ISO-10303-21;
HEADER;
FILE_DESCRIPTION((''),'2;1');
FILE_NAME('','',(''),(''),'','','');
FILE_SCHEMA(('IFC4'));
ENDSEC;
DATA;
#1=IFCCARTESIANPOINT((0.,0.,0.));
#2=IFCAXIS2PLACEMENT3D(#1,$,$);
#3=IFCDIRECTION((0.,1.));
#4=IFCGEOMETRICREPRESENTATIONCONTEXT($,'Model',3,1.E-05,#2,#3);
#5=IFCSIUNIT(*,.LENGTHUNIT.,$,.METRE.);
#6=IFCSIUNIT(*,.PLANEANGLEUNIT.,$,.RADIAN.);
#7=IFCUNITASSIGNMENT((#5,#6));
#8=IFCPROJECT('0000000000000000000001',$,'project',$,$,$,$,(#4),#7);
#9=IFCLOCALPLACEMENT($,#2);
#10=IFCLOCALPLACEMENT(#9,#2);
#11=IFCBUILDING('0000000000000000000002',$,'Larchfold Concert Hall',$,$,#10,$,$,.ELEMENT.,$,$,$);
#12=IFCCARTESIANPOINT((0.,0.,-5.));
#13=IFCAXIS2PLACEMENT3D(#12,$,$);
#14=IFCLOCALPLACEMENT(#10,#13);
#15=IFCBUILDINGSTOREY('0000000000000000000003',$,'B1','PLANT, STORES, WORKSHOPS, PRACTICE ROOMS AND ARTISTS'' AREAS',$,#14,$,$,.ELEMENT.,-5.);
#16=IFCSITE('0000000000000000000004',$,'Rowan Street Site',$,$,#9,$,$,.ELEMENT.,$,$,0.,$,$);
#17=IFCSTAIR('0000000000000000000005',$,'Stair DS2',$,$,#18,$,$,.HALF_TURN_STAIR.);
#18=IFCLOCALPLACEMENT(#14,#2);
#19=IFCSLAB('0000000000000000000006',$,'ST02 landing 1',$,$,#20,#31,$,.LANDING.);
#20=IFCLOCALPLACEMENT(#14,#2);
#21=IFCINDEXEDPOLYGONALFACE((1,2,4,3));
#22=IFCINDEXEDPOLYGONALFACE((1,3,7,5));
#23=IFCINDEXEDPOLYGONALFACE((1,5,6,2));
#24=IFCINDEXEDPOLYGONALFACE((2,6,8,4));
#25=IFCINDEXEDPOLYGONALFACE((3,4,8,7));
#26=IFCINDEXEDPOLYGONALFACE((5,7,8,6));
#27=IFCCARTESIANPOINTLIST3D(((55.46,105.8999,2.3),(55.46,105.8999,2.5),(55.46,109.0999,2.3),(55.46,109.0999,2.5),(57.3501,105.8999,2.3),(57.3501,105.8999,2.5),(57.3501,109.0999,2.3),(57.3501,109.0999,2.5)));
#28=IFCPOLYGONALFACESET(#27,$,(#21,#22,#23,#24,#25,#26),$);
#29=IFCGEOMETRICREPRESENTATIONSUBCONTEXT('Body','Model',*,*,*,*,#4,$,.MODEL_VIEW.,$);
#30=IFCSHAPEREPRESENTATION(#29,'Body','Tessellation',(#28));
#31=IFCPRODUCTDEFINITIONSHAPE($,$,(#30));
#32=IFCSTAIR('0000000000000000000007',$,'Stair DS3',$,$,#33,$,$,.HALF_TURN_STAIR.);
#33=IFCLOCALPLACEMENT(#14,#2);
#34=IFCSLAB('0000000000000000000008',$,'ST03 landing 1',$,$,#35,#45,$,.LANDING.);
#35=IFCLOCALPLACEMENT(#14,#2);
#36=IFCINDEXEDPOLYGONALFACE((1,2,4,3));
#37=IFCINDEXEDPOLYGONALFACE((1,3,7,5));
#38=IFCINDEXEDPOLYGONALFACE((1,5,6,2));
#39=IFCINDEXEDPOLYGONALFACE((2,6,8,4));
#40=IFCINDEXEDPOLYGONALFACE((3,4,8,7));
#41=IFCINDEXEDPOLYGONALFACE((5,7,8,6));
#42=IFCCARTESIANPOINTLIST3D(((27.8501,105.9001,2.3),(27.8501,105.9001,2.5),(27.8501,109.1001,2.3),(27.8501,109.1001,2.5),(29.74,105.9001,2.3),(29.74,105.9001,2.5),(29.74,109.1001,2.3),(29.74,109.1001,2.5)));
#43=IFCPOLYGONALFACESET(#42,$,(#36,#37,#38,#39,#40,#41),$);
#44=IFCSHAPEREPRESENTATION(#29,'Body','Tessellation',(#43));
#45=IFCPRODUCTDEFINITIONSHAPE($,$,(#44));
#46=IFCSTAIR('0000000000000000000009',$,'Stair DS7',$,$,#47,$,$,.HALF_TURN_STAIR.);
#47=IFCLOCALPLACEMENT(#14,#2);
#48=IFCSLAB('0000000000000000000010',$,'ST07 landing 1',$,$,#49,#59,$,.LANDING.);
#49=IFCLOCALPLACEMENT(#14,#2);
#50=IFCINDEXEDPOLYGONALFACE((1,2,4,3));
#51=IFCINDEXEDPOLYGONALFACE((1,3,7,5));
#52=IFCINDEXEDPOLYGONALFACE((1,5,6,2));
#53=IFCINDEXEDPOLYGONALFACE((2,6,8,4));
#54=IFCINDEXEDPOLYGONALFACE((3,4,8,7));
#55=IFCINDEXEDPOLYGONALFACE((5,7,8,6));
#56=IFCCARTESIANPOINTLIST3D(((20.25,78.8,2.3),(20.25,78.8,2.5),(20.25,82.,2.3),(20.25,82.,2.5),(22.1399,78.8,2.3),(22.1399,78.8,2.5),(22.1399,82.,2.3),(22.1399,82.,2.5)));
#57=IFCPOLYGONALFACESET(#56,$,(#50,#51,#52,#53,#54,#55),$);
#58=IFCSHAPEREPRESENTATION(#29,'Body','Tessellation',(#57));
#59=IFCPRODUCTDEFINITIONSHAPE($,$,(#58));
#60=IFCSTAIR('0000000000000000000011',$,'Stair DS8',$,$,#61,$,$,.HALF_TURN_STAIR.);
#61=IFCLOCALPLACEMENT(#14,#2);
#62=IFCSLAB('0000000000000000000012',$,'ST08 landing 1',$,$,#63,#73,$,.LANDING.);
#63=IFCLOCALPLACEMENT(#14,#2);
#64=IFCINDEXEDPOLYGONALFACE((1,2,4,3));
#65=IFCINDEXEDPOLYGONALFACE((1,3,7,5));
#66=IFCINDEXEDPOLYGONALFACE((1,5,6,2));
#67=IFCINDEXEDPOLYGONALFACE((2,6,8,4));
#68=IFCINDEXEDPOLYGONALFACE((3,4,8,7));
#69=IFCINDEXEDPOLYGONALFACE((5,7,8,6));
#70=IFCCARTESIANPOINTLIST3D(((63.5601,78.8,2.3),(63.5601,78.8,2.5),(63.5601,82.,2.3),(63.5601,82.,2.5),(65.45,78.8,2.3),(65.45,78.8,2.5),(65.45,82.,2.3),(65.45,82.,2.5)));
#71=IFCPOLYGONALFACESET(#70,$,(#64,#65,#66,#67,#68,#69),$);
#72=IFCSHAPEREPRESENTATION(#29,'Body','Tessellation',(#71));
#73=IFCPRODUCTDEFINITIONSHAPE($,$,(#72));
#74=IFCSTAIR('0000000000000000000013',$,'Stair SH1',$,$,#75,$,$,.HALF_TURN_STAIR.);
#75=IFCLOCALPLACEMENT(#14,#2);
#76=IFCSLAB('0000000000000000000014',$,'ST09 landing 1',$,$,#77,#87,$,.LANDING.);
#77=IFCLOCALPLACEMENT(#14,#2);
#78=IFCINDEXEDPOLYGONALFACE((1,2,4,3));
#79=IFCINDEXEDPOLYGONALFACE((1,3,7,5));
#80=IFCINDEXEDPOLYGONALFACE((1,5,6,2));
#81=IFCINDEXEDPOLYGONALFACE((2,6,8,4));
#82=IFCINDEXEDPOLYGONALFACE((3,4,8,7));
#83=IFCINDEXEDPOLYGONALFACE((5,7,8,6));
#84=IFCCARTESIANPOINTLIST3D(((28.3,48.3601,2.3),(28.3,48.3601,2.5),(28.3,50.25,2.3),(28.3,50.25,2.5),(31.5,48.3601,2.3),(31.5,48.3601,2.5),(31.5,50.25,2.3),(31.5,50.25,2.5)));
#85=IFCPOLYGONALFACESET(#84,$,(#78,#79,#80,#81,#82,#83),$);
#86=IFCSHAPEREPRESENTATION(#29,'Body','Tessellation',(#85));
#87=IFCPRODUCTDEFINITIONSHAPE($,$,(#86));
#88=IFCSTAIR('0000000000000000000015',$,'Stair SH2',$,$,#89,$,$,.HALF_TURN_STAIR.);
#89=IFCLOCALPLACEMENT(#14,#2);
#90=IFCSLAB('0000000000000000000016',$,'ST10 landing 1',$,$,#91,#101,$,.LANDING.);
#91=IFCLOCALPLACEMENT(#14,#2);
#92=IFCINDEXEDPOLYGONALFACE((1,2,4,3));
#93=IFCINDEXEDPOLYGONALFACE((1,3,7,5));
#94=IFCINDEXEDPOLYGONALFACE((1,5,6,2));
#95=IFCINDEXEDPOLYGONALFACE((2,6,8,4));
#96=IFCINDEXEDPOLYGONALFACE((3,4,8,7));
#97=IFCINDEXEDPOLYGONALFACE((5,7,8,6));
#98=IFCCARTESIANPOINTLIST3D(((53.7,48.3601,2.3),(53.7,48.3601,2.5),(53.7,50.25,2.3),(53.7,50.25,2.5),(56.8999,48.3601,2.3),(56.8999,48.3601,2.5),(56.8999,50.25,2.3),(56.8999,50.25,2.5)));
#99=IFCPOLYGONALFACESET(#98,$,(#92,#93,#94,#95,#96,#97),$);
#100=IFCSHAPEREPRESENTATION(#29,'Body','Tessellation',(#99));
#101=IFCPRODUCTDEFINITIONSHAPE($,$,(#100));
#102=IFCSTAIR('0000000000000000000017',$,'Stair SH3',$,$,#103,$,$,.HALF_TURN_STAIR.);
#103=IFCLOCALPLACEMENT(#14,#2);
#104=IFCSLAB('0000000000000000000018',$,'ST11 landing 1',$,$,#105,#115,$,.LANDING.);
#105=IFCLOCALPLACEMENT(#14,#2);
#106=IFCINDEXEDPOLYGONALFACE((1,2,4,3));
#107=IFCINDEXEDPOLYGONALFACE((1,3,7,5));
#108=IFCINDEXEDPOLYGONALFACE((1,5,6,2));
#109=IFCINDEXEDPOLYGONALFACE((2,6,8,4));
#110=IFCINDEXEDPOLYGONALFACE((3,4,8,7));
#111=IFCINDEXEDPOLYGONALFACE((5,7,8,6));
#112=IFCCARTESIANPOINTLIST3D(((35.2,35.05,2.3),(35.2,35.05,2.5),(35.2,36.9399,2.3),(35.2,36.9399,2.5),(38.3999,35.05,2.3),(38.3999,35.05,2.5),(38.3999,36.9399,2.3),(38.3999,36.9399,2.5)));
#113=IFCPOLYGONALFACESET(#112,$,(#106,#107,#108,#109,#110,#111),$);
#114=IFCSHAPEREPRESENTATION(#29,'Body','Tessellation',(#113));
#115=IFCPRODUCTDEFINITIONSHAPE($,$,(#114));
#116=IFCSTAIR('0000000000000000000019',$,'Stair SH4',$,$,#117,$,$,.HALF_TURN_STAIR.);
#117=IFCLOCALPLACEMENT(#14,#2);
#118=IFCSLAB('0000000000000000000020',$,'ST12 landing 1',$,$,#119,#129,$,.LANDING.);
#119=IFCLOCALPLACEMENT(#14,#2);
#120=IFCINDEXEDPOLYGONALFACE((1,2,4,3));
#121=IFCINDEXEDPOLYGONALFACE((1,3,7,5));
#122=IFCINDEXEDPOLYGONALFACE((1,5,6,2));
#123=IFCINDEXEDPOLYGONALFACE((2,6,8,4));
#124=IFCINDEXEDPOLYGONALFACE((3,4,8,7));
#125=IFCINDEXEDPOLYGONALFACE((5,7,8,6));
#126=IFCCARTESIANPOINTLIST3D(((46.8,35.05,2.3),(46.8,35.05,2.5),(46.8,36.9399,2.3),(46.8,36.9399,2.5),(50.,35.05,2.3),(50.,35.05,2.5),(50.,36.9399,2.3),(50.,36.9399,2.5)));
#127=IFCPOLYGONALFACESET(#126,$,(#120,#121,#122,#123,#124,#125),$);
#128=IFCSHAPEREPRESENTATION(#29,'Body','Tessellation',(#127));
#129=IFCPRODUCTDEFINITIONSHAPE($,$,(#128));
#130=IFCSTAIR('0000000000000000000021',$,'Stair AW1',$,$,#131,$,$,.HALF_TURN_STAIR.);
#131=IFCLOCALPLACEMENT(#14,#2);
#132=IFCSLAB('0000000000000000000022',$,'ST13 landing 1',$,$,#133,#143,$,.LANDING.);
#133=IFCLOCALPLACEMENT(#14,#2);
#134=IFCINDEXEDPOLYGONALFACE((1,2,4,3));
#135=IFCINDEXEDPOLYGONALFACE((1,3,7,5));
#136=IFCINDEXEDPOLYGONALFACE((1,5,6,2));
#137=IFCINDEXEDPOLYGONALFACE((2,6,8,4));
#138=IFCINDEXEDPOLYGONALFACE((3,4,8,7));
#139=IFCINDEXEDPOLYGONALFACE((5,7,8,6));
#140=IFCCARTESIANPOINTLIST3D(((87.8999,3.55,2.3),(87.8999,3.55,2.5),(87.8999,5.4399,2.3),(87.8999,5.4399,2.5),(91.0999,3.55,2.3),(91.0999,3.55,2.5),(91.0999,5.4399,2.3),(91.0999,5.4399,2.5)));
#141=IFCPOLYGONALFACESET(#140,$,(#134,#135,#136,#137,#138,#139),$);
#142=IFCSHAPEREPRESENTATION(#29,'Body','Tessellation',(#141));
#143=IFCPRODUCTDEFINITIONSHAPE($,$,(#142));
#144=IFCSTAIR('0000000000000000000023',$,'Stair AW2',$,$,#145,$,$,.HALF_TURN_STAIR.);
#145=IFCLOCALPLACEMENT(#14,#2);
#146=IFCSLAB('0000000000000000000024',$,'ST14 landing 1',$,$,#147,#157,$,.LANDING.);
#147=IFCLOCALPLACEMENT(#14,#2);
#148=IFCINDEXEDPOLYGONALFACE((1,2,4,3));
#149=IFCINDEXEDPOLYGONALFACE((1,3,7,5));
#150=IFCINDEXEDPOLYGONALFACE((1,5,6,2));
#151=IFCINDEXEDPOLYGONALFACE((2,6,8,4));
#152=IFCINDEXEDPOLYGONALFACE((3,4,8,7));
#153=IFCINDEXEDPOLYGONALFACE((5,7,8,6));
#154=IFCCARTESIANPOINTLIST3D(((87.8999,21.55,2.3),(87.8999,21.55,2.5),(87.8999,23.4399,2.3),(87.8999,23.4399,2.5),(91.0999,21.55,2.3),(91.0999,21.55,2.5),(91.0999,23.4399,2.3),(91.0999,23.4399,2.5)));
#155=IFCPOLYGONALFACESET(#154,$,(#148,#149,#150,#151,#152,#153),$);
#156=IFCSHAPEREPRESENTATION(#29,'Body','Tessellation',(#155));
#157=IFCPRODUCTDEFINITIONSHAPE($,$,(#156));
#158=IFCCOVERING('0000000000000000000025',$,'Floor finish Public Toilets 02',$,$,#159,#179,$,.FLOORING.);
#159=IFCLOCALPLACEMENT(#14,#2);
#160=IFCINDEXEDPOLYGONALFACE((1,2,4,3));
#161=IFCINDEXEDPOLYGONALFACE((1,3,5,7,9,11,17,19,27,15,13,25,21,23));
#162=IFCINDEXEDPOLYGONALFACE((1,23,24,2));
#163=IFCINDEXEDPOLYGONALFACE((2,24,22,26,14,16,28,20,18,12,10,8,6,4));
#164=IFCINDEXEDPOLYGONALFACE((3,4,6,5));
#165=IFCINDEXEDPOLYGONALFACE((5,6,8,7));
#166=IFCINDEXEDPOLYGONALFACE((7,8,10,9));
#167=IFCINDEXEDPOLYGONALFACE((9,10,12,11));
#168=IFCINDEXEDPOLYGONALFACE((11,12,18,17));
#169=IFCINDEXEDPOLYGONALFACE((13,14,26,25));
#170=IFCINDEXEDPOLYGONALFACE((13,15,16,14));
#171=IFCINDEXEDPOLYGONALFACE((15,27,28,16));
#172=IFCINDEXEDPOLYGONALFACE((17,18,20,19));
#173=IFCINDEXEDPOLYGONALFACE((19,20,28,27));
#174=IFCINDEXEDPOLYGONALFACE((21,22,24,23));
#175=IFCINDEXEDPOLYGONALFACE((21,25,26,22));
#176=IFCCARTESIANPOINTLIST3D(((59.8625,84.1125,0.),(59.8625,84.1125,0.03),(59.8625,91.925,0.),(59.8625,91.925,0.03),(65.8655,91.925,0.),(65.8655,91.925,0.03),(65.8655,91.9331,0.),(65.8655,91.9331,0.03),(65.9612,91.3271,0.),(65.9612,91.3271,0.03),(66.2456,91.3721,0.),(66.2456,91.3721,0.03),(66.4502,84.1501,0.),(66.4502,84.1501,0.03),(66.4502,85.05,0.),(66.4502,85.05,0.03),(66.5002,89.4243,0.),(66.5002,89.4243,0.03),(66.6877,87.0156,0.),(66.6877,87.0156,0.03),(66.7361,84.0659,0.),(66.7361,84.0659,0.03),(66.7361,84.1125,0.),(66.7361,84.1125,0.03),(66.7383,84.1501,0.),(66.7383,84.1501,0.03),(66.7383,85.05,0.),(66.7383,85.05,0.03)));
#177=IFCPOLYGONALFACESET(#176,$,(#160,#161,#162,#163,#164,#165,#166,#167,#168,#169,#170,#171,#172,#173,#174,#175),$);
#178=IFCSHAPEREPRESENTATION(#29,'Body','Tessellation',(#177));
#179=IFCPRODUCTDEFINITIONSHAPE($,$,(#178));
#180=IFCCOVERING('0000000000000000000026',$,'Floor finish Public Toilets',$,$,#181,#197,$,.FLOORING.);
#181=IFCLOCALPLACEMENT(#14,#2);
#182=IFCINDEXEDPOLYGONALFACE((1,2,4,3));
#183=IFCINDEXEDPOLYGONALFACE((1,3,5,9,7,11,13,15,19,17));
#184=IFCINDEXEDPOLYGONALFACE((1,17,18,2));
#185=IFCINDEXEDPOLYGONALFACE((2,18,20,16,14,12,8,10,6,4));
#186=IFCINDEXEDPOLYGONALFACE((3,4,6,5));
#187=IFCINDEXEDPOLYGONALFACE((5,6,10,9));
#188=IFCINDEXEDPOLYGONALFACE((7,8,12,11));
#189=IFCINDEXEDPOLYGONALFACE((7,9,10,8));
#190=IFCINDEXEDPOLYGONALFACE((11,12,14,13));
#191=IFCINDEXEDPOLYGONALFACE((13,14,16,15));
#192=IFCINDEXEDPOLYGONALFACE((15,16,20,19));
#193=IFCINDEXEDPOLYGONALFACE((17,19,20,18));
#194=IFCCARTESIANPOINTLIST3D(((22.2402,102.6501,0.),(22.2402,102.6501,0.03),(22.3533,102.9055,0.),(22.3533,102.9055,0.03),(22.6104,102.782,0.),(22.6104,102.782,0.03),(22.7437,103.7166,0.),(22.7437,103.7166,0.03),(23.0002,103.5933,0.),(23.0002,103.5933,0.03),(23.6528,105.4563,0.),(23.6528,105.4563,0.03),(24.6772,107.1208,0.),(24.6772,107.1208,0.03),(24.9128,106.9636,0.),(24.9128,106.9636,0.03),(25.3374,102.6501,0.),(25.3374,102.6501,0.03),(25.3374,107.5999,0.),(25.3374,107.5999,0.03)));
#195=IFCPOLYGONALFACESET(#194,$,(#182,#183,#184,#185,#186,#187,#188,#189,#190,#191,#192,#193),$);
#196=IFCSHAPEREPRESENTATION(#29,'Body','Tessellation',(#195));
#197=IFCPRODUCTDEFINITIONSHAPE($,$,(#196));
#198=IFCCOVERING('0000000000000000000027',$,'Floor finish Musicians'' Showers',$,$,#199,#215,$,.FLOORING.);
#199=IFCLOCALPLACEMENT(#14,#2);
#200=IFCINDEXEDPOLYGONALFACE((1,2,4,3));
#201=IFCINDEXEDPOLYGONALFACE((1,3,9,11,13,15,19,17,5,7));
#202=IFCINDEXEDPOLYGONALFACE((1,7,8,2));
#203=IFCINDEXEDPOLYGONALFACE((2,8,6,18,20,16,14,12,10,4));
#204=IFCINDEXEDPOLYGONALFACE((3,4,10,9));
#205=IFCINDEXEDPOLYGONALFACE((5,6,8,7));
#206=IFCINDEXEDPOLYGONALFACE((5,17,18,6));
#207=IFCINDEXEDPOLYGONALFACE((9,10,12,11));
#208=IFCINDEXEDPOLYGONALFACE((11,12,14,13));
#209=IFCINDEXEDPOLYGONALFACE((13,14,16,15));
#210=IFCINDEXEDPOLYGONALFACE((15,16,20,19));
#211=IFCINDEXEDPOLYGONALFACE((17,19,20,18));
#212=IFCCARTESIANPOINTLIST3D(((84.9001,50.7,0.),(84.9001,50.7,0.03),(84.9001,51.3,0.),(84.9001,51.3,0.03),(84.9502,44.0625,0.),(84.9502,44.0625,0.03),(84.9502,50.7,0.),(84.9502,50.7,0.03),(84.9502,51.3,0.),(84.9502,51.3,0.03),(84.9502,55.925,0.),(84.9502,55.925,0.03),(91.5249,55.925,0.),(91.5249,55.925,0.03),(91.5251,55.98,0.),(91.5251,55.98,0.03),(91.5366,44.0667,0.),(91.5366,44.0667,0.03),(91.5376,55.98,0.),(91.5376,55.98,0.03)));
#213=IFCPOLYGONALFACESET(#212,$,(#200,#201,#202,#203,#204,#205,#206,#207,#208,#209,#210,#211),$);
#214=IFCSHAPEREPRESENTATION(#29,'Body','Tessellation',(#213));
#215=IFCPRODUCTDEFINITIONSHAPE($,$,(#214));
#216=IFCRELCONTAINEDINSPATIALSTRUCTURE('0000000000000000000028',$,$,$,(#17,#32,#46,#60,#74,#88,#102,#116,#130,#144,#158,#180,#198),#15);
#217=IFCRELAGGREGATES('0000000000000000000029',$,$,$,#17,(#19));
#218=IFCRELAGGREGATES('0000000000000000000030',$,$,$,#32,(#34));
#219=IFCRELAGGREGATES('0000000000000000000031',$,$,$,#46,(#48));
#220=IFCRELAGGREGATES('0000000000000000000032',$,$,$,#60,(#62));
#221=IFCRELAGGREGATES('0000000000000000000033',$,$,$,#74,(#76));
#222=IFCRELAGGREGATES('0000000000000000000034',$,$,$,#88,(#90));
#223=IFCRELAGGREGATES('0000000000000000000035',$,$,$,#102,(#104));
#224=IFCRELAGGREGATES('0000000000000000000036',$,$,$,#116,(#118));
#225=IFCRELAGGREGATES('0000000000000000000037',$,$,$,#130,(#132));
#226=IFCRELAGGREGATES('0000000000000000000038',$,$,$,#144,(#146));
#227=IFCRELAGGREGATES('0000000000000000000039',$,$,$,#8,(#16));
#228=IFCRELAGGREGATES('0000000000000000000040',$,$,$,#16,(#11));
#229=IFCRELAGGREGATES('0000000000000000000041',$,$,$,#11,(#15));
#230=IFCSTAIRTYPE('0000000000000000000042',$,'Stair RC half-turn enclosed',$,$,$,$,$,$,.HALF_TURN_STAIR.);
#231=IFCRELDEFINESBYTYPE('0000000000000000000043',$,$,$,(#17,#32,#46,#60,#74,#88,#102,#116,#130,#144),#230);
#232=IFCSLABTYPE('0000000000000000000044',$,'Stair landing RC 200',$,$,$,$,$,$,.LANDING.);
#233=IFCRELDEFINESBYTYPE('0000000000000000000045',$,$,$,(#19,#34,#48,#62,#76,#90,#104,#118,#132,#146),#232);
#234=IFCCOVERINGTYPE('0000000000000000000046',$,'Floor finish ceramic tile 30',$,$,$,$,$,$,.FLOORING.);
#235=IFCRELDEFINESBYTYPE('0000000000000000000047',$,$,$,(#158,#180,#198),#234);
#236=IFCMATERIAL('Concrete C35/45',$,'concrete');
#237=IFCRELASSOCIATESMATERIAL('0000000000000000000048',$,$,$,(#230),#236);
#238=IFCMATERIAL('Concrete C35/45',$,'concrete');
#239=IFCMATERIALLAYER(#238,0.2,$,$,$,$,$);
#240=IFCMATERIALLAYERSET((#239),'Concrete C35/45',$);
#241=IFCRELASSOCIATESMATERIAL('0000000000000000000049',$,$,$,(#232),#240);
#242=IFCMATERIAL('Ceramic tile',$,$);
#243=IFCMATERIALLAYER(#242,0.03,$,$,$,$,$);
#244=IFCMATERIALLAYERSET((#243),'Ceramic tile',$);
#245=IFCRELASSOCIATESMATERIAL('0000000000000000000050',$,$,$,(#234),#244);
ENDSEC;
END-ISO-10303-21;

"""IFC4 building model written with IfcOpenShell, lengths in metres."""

from ifc_helpers import new_model, si_unit, direction, frame, origin, place, context, subcontext, project, spatial, polyline, outline, extrude, material, layer, layer_set, type_object, element, aggregate, save


model = new_model("IFC4")

# Units and contexts
model_context = context("Model", 3, precision=1e-05, world=origin(), true_north=direction((0.0, 1.0)))
body_context = subcontext(model_context, "Body", "Model", "MODEL_VIEW")
ifc_project = project(units=[si_unit("LENGTHUNIT", "METRE"), si_unit("PLANEANGLEUNIT", "RADIAN")], contexts=[model_context])

# Site, building, storey
site_placement = place(None, origin())
site = spatial("IfcSite", under=ifc_project, at=site_placement, Name="Rowan Street Site", CompositionType="ELEMENT", RefElevation=0.0)
building_placement = place(site_placement, origin())
building = spatial("IfcBuilding", under=site, at=building_placement, Name="Larchfold Concert Hall", CompositionType="ELEMENT")
storey_placement = place(building_placement, frame((0.0, 0.0, -5.0)))
storey = spatial("IfcBuildingStorey", under=building, at=storey_placement, Name="B1", Description="PLANT, STORES, WORKSHOPS, PRACTICE ROOMS AND ARTISTS' AREAS", CompositionType="ELEMENT", Elevation=-5.0)

# Stairs, slabs
ifc_material_1 = material(Name="Concrete C35/45", Category="concrete")
stair_type = type_object("IfcStairType", Name="Stair RC half-turn enclosed", PredefinedType="HALF_TURN_STAIR", material=ifc_material_1)
stair_1_placement = place(storey_placement, origin())
stair_1 = element("IfcStair", 1, at=stair_1_placement, inside=storey, type_object=stair_type, Name="Stair DS2", PredefinedType="HALF_TURN_STAIR")
ifc_material_2 = material(Name="Concrete C35/45", Category="concrete")
ifc_layer_1 = layer(ifc_material_2, 0.2)
ifc_layer_set_1 = layer_set([ifc_layer_1], Name="Concrete C35/45")
slab_type = type_object("IfcSlabType", Name="Stair landing RC 200", PredefinedType="LANDING", material=ifc_layer_set_1)
slab_1_placement = place(storey_placement, frame((0.0, 0.0, 2.3)))
slab_1 = element("IfcSlab", 2, at=slab_1_placement, type_object=slab_type, Name="ST02 landing 1", PredefinedType="LANDING", context=body_context, shape_type="SweptSolid", body=[
    extrude(outline(polyline([(55.46, 105.8999), (57.3501, 105.8999), (57.3501, 109.0999), (55.46, 109.0999), (55.46, 105.8999)])), origin(), (0.0, 0.0, 1.0), 0.2),
])
aggregate(stair_1, [slab_1])
stair_2_placement = place(storey_placement, origin())
stair_2 = element("IfcStair", 3, at=stair_2_placement, inside=storey, type_object=stair_type, Name="Stair DS3", PredefinedType="HALF_TURN_STAIR")
slab_2_placement = place(storey_placement, frame((0.0, 0.0, 2.3)))
slab_2 = element("IfcSlab", 4, at=slab_2_placement, type_object=slab_type, Name="ST03 landing 1", PredefinedType="LANDING", context=body_context, shape_type="SweptSolid", body=[
    extrude(outline(polyline([(29.74, 109.1001), (27.8501, 109.1001), (27.8501, 105.9001), (29.74, 105.9001), (29.74, 109.1001)])), origin(), (0.0, 0.0, 1.0), 0.2),
])
aggregate(stair_2, [slab_2])
stair_3_placement = place(storey_placement, origin())
stair_3 = element("IfcStair", 5, at=stair_3_placement, inside=storey, type_object=stair_type, Name="Stair DS7", PredefinedType="HALF_TURN_STAIR")
slab_3_placement = place(storey_placement, frame((0.0, 0.0, 2.3)))
slab_3 = element("IfcSlab", 6, at=slab_3_placement, type_object=slab_type, Name="ST07 landing 1", PredefinedType="LANDING", context=body_context, shape_type="SweptSolid", body=[
    extrude(outline(polyline([(22.1399, 82.0), (20.25, 82.0), (20.25, 78.8), (22.1399, 78.8), (22.1399, 82.0)])), origin(), (0.0, 0.0, 1.0), 0.2),
])
aggregate(stair_3, [slab_3])
stair_4_placement = place(storey_placement, origin())
stair_4 = element("IfcStair", 7, at=stair_4_placement, inside=storey, type_object=stair_type, Name="Stair DS8", PredefinedType="HALF_TURN_STAIR")
slab_4_placement = place(storey_placement, frame((0.0, 0.0, 2.3)))
slab_4 = element("IfcSlab", 8, at=slab_4_placement, type_object=slab_type, Name="ST08 landing 1", PredefinedType="LANDING", context=body_context, shape_type="SweptSolid", body=[
    extrude(outline(polyline([(63.5601, 78.8), (65.45, 78.8), (65.45, 82.0), (63.5601, 82.0), (63.5601, 78.8)])), origin(), (0.0, 0.0, 1.0), 0.2),
])
aggregate(stair_4, [slab_4])
stair_5_placement = place(storey_placement, origin())
stair_5 = element("IfcStair", 9, at=stair_5_placement, inside=storey, type_object=stair_type, Name="Stair SH1", PredefinedType="HALF_TURN_STAIR")
slab_5_placement = place(storey_placement, frame((0.0, 0.0, 2.3)))
slab_5 = element("IfcSlab", 10, at=slab_5_placement, type_object=slab_type, Name="ST09 landing 1", PredefinedType="LANDING", context=body_context, shape_type="SweptSolid", body=[
    extrude(outline(polyline([(31.5, 48.3601), (31.5, 50.25), (28.3, 50.25), (28.3, 48.3601), (31.5, 48.3601)])), origin(), (0.0, 0.0, 1.0), 0.2),
])
aggregate(stair_5, [slab_5])
stair_6_placement = place(storey_placement, origin())
stair_6 = element("IfcStair", 11, at=stair_6_placement, inside=storey, type_object=stair_type, Name="Stair SH2", PredefinedType="HALF_TURN_STAIR")
slab_6_placement = place(storey_placement, frame((0.0, 0.0, 2.3)))
slab_6 = element("IfcSlab", 12, at=slab_6_placement, type_object=slab_type, Name="ST10 landing 1", PredefinedType="LANDING", context=body_context, shape_type="SweptSolid", body=[
    extrude(outline(polyline([(56.8999, 48.3601), (56.8999, 50.25), (53.7, 50.25), (53.7, 48.3601), (56.8999, 48.3601)])), origin(), (0.0, 0.0, 1.0), 0.2),
])
aggregate(stair_6, [slab_6])
stair_7_placement = place(storey_placement, origin())
stair_7 = element("IfcStair", 13, at=stair_7_placement, inside=storey, type_object=stair_type, Name="Stair SH3", PredefinedType="HALF_TURN_STAIR")
slab_7_placement = place(storey_placement, frame((0.0, 0.0, 2.3)))
slab_7 = element("IfcSlab", 14, at=slab_7_placement, type_object=slab_type, Name="ST11 landing 1", PredefinedType="LANDING", context=body_context, shape_type="SweptSolid", body=[
    extrude(outline(polyline([(35.2, 36.9399), (35.2, 35.05), (38.3999, 35.05), (38.3999, 36.9399), (35.2, 36.9399)])), origin(), (0.0, 0.0, 1.0), 0.2),
])
aggregate(stair_7, [slab_7])
stair_8_placement = place(storey_placement, origin())
stair_8 = element("IfcStair", 15, at=stair_8_placement, inside=storey, type_object=stair_type, Name="Stair SH4", PredefinedType="HALF_TURN_STAIR")
slab_8_placement = place(storey_placement, frame((0.0, 0.0, 2.3)))
slab_8 = element("IfcSlab", 16, at=slab_8_placement, type_object=slab_type, Name="ST12 landing 1", PredefinedType="LANDING", context=body_context, shape_type="SweptSolid", body=[
    extrude(outline(polyline([(46.8, 36.9399), (46.8, 35.05), (50.0, 35.05), (50.0, 36.9399), (46.8, 36.9399)])), origin(), (0.0, 0.0, 1.0), 0.2),
])
aggregate(stair_8, [slab_8])
stair_9_placement = place(storey_placement, origin())
stair_9 = element("IfcStair", 17, at=stair_9_placement, inside=storey, type_object=stair_type, Name="Stair AW1", PredefinedType="HALF_TURN_STAIR")
slab_9_placement = place(storey_placement, frame((0.0, 0.0, 2.3)))
slab_9 = element("IfcSlab", 18, at=slab_9_placement, type_object=slab_type, Name="ST13 landing 1", PredefinedType="LANDING", context=body_context, shape_type="SweptSolid", body=[
    extrude(outline(polyline([(87.8999, 5.4399), (87.8999, 3.55), (91.0999, 3.55), (91.0999, 5.4399), (87.8999, 5.4399)])), origin(), (0.0, 0.0, 1.0), 0.2),
])
aggregate(stair_9, [slab_9])
stair_10_placement = place(storey_placement, origin())
stair_10 = element("IfcStair", 19, at=stair_10_placement, inside=storey, type_object=stair_type, Name="Stair AW2", PredefinedType="HALF_TURN_STAIR")
slab_10_placement = place(storey_placement, frame((0.0, 0.0, 2.3)))
slab_10 = element("IfcSlab", 20, at=slab_10_placement, type_object=slab_type, Name="ST14 landing 1", PredefinedType="LANDING", context=body_context, shape_type="SweptSolid", body=[
    extrude(outline(polyline([(87.8999, 23.4399), (87.8999, 21.55), (91.0999, 21.55), (91.0999, 23.4399), (87.8999, 23.4399)])), origin(), (0.0, 0.0, 1.0), 0.2),
])
aggregate(stair_10, [slab_10])

# Coverings
ifc_material_3 = material(Name="Ceramic tile")
ifc_layer_2 = layer(ifc_material_3, 0.03)
ifc_layer_set_2 = layer_set([ifc_layer_2], Name="Ceramic tile")
covering_type_1 = type_object("IfcCoveringType", Name="Floor finish ceramic tile 30", PredefinedType="FLOORING", material=ifc_layer_set_2)
covering_1_placement = place(storey_placement, origin())
element("IfcCovering", 21, at=covering_1_placement, inside=storey, type_object=covering_type_1, Name="Floor finish Public Toilets 02", PredefinedType="FLOORING", context=body_context, shape_type="SweptSolid", body=[
    extrude(outline(polyline([(65.8655, 91.925), (59.8625, 91.925), (59.8625, 84.1125), (66.7361, 84.1125), (66.7361, 84.0659), (66.7383, 84.1501), (66.4502, 84.1501), (66.4502, 85.05), (66.7383, 85.05), (66.6877, 87.0156), (66.5002, 89.4243), (66.2456, 91.3721), (65.9612, 91.3271), (65.8655, 91.9331), (65.8655, 91.925)])), origin(), (0.0, 0.0, 1.0), 0.03),
])
covering_2_placement = place(storey_placement, origin())
element("IfcCovering", 22, at=covering_2_placement, inside=storey, type_object=covering_type_1, Name="Floor finish Public Toilets", PredefinedType="FLOORING", context=body_context, shape_type="SweptSolid", body=[
    extrude(outline(polyline([(25.3374, 102.6501), (25.3374, 107.5999), (24.9128, 106.9636), (24.6772, 107.1208), (23.6528, 105.4563), (22.7437, 103.7166), (23.0002, 103.5933), (22.6104, 102.782), (22.3533, 102.9055), (22.2402, 102.6501), (25.3374, 102.6501)])), origin(), (0.0, 0.0, 1.0), 0.03),
])
covering_3_placement = place(storey_placement, origin())
element("IfcCovering", 23, at=covering_3_placement, inside=storey, type_object=covering_type_1, Name="Floor finish Musicians' Showers", PredefinedType="FLOORING", context=body_context, shape_type="SweptSolid", body=[
    extrude(outline(polyline([(84.9001, 51.3), (84.9001, 50.7), (84.9502, 50.7), (84.9502, 44.0625), (91.5366, 44.0667), (91.5376, 55.98), (91.5251, 55.98), (91.5251, 56.0), (91.5249, 55.925), (84.9502, 55.925), (84.9502, 51.3), (84.9001, 51.3)])), origin(), (0.0, 0.0, 1.0), 0.03),
])

save(model, "model.ifc")
